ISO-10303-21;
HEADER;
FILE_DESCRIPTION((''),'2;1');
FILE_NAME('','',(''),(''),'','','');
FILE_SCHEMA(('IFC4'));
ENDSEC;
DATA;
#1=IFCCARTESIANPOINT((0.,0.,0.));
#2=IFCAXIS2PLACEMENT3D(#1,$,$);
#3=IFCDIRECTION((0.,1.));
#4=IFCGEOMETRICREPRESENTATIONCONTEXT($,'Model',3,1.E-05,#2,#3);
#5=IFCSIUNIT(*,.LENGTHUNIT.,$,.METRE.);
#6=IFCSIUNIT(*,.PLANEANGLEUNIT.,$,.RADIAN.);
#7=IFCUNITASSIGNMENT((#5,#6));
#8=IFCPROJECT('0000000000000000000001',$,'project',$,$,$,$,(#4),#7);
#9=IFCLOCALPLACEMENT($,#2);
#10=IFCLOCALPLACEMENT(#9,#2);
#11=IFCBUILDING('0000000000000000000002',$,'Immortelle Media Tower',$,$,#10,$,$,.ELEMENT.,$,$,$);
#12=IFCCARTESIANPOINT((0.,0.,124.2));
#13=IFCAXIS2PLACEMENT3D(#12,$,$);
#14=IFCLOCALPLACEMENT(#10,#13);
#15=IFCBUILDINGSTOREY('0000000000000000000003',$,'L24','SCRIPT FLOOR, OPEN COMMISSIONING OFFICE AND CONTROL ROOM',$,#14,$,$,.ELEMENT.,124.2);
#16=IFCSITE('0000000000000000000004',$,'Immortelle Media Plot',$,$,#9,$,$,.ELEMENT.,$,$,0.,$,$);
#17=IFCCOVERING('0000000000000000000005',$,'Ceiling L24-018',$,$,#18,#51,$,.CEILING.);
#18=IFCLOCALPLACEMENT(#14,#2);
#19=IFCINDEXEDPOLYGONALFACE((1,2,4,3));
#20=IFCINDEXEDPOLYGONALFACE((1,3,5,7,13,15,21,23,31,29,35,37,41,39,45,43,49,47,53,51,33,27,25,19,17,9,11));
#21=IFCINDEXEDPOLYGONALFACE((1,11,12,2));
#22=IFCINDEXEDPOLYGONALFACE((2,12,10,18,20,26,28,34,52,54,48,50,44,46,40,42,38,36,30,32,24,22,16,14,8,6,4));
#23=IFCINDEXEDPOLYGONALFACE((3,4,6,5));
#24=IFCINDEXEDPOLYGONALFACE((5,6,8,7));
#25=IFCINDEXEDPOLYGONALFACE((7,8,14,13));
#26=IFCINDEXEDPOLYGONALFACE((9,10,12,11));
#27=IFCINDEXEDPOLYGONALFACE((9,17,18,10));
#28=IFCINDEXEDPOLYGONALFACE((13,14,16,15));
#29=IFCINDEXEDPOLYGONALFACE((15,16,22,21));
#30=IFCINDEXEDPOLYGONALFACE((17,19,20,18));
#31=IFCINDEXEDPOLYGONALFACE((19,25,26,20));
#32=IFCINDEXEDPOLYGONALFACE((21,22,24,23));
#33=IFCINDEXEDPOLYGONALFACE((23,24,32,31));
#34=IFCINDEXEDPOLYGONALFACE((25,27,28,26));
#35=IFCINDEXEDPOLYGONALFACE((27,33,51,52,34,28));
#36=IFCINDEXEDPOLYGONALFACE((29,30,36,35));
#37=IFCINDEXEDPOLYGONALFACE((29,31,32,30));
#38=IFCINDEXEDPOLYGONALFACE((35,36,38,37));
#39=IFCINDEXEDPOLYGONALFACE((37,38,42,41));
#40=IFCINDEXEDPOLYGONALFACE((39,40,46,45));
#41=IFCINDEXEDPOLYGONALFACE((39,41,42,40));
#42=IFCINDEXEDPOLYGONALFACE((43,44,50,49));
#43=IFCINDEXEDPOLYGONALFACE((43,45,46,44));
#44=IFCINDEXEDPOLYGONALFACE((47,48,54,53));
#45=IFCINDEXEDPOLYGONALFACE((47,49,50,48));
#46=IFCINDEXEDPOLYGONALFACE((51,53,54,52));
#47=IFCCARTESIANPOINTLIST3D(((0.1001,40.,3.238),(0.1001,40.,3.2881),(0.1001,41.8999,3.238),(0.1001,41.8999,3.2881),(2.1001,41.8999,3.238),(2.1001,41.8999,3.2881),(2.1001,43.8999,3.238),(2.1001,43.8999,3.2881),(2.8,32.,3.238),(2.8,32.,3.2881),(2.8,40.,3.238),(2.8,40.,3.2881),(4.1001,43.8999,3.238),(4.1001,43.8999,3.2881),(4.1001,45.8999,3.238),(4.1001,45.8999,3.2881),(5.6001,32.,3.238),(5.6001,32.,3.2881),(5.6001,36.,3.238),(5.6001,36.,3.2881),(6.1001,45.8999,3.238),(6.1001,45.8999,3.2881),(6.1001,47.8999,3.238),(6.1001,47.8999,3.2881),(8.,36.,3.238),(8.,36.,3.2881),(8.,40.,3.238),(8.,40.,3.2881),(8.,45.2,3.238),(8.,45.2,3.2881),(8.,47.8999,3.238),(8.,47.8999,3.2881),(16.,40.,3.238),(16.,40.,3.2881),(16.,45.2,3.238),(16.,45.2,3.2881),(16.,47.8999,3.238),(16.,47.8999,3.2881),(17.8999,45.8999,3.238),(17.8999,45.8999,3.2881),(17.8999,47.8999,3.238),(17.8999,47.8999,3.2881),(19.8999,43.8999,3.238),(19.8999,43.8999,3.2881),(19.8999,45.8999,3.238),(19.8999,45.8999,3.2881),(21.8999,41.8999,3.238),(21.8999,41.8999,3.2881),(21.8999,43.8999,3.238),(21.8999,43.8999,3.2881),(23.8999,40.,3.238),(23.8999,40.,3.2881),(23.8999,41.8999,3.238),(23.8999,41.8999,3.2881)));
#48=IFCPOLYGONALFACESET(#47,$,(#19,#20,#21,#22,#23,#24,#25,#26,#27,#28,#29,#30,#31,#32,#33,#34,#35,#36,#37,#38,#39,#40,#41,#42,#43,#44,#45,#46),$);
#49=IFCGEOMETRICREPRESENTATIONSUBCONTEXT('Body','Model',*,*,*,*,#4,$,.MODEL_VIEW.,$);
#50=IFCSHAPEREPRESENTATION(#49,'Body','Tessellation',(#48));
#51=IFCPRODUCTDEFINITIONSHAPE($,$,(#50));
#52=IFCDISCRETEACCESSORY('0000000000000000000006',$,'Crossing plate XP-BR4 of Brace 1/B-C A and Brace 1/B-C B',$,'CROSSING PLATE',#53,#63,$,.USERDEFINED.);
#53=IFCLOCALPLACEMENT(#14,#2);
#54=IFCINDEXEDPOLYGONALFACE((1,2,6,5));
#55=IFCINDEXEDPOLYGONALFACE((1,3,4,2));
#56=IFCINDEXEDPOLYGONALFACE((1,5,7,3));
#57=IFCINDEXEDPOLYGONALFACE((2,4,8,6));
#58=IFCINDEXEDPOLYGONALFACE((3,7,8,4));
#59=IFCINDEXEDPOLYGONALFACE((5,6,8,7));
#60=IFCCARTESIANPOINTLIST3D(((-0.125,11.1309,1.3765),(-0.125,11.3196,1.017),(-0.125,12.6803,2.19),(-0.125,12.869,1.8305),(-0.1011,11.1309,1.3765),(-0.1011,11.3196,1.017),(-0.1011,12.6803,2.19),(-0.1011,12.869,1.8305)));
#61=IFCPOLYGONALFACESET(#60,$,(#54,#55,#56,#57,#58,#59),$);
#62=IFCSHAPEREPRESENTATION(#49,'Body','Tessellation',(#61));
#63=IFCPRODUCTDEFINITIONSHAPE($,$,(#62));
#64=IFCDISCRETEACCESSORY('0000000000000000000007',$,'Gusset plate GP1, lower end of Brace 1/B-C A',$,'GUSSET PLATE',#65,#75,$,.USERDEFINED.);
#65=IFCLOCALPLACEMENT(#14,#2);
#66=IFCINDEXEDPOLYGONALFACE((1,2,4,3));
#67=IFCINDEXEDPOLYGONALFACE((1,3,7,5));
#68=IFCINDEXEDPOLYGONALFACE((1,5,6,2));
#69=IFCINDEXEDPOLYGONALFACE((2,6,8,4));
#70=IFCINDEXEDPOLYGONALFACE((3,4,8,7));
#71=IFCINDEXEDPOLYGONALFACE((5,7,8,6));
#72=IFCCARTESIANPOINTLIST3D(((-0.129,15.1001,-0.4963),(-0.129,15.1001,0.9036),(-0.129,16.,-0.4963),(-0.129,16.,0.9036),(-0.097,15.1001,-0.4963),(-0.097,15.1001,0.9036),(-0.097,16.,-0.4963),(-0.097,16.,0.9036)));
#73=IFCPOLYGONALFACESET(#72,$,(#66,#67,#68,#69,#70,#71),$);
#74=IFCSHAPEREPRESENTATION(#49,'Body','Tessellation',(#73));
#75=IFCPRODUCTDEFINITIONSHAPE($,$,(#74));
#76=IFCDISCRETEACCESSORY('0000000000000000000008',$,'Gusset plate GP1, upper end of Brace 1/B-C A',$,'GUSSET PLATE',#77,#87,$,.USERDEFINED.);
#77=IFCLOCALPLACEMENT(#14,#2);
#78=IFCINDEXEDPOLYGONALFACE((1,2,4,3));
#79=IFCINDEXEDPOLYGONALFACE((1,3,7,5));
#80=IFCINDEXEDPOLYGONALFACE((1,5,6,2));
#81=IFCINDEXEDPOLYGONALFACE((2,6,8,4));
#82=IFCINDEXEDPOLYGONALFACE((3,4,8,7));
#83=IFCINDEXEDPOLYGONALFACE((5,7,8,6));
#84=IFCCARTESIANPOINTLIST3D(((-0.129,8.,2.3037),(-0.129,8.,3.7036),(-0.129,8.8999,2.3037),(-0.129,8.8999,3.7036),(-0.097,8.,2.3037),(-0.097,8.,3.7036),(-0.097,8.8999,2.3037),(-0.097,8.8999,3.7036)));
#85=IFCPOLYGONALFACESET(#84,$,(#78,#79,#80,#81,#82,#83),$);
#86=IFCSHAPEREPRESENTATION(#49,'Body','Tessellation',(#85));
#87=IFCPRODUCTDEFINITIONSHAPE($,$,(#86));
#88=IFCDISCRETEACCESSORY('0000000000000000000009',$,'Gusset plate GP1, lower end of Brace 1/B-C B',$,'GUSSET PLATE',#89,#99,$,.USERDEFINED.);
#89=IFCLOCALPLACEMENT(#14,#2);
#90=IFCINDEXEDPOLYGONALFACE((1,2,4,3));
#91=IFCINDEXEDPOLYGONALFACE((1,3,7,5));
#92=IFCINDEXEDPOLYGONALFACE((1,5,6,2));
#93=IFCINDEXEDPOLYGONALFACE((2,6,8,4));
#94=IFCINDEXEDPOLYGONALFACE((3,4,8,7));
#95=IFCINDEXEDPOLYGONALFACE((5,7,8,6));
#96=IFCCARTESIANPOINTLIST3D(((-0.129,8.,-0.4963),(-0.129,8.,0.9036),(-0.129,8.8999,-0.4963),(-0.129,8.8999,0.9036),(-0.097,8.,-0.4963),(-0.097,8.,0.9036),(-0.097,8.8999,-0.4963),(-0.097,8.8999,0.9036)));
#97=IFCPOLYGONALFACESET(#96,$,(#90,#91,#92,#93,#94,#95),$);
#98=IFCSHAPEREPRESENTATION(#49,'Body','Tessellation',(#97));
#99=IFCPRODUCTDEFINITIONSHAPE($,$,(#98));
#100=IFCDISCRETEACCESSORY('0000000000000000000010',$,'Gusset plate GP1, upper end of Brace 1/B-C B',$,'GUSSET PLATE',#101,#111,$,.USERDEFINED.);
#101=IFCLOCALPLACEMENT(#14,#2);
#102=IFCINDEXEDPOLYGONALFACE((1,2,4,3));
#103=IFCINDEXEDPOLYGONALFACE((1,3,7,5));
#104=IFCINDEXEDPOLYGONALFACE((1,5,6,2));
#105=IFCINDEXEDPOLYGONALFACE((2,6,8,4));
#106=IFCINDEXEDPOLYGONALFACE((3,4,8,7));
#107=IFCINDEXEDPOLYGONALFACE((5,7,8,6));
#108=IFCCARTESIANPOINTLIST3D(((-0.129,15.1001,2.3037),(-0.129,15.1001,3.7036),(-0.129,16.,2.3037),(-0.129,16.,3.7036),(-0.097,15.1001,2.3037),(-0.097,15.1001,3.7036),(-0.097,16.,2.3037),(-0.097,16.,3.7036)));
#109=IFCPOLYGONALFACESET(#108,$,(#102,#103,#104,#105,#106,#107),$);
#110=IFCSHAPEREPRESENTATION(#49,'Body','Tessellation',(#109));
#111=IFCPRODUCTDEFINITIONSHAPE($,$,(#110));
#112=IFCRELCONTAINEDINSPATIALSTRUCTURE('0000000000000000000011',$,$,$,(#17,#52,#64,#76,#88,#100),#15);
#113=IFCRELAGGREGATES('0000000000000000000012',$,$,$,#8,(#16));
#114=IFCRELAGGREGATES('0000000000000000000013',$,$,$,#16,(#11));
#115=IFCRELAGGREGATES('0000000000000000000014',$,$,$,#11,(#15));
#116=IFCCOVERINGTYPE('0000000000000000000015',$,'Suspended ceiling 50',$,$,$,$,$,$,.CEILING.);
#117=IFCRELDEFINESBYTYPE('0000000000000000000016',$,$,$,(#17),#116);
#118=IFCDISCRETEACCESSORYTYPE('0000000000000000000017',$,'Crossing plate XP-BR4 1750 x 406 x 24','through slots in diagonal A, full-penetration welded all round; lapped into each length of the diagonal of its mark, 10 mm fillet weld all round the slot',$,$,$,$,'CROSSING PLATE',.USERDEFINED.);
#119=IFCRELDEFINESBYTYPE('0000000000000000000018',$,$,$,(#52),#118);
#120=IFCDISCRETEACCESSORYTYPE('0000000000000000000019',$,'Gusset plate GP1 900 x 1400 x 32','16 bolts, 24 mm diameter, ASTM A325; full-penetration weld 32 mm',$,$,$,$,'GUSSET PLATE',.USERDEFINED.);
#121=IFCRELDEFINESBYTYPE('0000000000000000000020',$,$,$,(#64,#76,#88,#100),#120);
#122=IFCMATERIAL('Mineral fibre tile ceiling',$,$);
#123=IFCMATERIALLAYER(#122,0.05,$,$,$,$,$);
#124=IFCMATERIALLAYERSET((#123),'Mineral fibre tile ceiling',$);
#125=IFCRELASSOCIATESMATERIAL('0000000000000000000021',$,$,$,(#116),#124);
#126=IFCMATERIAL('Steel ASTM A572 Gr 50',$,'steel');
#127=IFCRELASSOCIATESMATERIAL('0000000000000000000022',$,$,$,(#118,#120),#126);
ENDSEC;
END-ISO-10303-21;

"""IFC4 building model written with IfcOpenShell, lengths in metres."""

from ifc_helpers import new_model, si_unit, direction, frame, origin, origin_2d, place, context, subcontext, project, spatial, polyline, rectangle, outline, extrude, material, layer, layer_set, material_profile, profile_set, type_object, element, save


model = new_model("IFC4")

# Units and contexts
model_context = context("Model", 3, precision=1e-05, world=origin(), true_north=direction((0.0, 1.0)))
body_context = subcontext(model_context, "Body", "Model", "MODEL_VIEW")
ifc_project = project(units=[si_unit("LENGTHUNIT", "METRE"), si_unit("PLANEANGLEUNIT", "RADIAN")], contexts=[model_context])

# Site, building, storey
site_placement = place(None, origin())
site = spatial("IfcSite", under=ifc_project, at=site_placement, Name="Immortelle Media Plot", CompositionType="ELEMENT", RefElevation=0.0)
building_placement = place(site_placement, origin())
building = spatial("IfcBuilding", under=site, at=building_placement, Name="Immortelle Media Tower", CompositionType="ELEMENT")
storey_placement = place(building_placement, frame((0.0, 0.0, 124.2)))
storey = spatial("IfcBuildingStorey", under=building, at=storey_placement, Name="L24", Description="SCRIPT FLOOR, OPEN COMMISSIONING OFFICE AND CONTROL ROOM", CompositionType="ELEMENT", Elevation=124.2)

# Covering
ifc_material_1 = material(Name="Mineral fibre tile ceiling")
ifc_layer_1 = layer(ifc_material_1, 0.05)
ifc_layer_set_1 = layer_set([ifc_layer_1], Name="Mineral fibre tile ceiling")
covering_type = type_object("IfcCoveringType", Name="Suspended ceiling 50", PredefinedType="CEILING", material=ifc_layer_set_1)
covering_1_placement = place(storey_placement, frame((0.0, 0.0, 3.238)))
element("IfcCovering", 1, at=covering_1_placement, inside=storey, type_object=covering_type, Name="Ceiling L24-018", PredefinedType="CEILING", context=body_context, shape_type="SweptSolid", body=[
    extrude(outline(polyline([(2.8, 40.0), (0.1001, 40.0), (0.1001, 41.8999), (2.1001, 41.8999), (2.1001, 43.8999), (4.1001, 43.8999), (4.1001, 45.8999), (6.1001, 45.8999), (6.1001, 47.8999), (8.0, 47.8999), (8.0, 45.2), (16.0, 45.2), (16.0, 47.8999), (17.8999, 47.8999), (17.8999, 45.8999), (19.8999, 45.8999), (19.8999, 43.8999), (21.8999, 43.8999), (21.8999, 41.8999), (23.8999, 41.8999), (23.8999, 40.0), (16.0, 40.0), (8.0, 40.0), (8.0, 36.0), (5.6001, 36.0), (5.6001, 32.0), (2.8, 32.0), (2.8, 40.0)])), origin(), (0.0, 0.0, 1.0), 0.05),
])

# Discrete accessories
ifc_material_2 = material(Name="Steel ASTM A572 Gr 50", Category="steel")
ifc_material_profile_1 = material_profile(ifc_material_2, rectangle(XDim=0.0239, YDim=0.406, at=origin_2d()), Name="PL 24 x 406")
ifc_profile_set_1 = profile_set([ifc_material_profile_1], Name="Steel ASTM A572 Gr 50")
discrete_accessory_type_1 = type_object("IfcDiscreteAccessoryType", Name="Crossing plate XP-BR4 1750 x 406 x 24", Description="through slots in diagonal A, full-penetration welded all round; lapped into each length of the diagonal of its mark, 10 mm fillet weld all round the slot", ElementType="CROSSING PLATE", PredefinedType="USERDEFINED", material=ifc_profile_set_1)
discrete_accessory_placement = place(storey_placement, frame((-0.113, 12.7747, 2.0103), z_axis=(0.0, -0.885378, -0.464872), x_axis=(1.0, 0.0, 0.0)))
element("IfcDiscreteAccessory", 2, at=discrete_accessory_placement, inside=storey, type_object=discrete_accessory_type_1, Name="Crossing plate XP-BR4 of Brace 1/B-C A and Brace 1/B-C B", ObjectType="CROSSING PLATE", PredefinedType="USERDEFINED", context=body_context, shape_type="SweptSolid", body=[
    extrude(rectangle(XDim=0.0239, YDim=0.406, at=origin_2d()), origin(), (0.0, 0.0, 1.0), 1.75),
])
ifc_material_profile_2 = material_profile(ifc_material_2, rectangle(XDim=0.032, YDim=1.3999, at=origin_2d()), Name="PL 32 x 1400")
ifc_profile_set_2 = profile_set([ifc_material_profile_2], Name="Steel ASTM A572 Gr 50")
discrete_accessory_type_2 = type_object("IfcDiscreteAccessoryType", Name="Gusset plate GP1 900 x 1400 x 32", Description="16 bolts, 24 mm diameter, ASTM A325; full-penetration weld 32 mm", ElementType="GUSSET PLATE", PredefinedType="USERDEFINED", material=ifc_profile_set_2)
for number, where, z_axis, x_axis, name in (
    (3, (-0.113, 16.0, 0.2036), (0.0, -1.0, 0.0), (1.0, 0.0, 0.0), "Gusset plate GP1, lower end of Brace 1/B-C A"),
    (4, (-0.113, 8.0, 3.0037), (0.0, 1.0, 0.0), (-1.0, 0.0, 0.0), "Gusset plate GP1, upper end of Brace 1/B-C A"),
    (5, (-0.113, 8.0, 0.2036), (0.0, 1.0, 0.0), (-1.0, 0.0, 0.0), "Gusset plate GP1, lower end of Brace 1/B-C B"),
    (6, (-0.113, 16.0, 3.0037), (0.0, -1.0, 0.0), (1.0, 0.0, 0.0), "Gusset plate GP1, upper end of Brace 1/B-C B"),
):
    element("IfcDiscreteAccessory", number, at=place(storey_placement, frame(where, z_axis=z_axis, x_axis=x_axis)), inside=storey, type_object=discrete_accessory_type_2, Name=name, ObjectType="GUSSET PLATE", PredefinedType="USERDEFINED", context=body_context, shape_type="SweptSolid", body=[
        extrude(rectangle(XDim=0.032, YDim=1.3999, at=origin_2d()), origin(), (0.0, 0.0, 1.0), 0.8999),
    ])

save(model, "model.ifc")
